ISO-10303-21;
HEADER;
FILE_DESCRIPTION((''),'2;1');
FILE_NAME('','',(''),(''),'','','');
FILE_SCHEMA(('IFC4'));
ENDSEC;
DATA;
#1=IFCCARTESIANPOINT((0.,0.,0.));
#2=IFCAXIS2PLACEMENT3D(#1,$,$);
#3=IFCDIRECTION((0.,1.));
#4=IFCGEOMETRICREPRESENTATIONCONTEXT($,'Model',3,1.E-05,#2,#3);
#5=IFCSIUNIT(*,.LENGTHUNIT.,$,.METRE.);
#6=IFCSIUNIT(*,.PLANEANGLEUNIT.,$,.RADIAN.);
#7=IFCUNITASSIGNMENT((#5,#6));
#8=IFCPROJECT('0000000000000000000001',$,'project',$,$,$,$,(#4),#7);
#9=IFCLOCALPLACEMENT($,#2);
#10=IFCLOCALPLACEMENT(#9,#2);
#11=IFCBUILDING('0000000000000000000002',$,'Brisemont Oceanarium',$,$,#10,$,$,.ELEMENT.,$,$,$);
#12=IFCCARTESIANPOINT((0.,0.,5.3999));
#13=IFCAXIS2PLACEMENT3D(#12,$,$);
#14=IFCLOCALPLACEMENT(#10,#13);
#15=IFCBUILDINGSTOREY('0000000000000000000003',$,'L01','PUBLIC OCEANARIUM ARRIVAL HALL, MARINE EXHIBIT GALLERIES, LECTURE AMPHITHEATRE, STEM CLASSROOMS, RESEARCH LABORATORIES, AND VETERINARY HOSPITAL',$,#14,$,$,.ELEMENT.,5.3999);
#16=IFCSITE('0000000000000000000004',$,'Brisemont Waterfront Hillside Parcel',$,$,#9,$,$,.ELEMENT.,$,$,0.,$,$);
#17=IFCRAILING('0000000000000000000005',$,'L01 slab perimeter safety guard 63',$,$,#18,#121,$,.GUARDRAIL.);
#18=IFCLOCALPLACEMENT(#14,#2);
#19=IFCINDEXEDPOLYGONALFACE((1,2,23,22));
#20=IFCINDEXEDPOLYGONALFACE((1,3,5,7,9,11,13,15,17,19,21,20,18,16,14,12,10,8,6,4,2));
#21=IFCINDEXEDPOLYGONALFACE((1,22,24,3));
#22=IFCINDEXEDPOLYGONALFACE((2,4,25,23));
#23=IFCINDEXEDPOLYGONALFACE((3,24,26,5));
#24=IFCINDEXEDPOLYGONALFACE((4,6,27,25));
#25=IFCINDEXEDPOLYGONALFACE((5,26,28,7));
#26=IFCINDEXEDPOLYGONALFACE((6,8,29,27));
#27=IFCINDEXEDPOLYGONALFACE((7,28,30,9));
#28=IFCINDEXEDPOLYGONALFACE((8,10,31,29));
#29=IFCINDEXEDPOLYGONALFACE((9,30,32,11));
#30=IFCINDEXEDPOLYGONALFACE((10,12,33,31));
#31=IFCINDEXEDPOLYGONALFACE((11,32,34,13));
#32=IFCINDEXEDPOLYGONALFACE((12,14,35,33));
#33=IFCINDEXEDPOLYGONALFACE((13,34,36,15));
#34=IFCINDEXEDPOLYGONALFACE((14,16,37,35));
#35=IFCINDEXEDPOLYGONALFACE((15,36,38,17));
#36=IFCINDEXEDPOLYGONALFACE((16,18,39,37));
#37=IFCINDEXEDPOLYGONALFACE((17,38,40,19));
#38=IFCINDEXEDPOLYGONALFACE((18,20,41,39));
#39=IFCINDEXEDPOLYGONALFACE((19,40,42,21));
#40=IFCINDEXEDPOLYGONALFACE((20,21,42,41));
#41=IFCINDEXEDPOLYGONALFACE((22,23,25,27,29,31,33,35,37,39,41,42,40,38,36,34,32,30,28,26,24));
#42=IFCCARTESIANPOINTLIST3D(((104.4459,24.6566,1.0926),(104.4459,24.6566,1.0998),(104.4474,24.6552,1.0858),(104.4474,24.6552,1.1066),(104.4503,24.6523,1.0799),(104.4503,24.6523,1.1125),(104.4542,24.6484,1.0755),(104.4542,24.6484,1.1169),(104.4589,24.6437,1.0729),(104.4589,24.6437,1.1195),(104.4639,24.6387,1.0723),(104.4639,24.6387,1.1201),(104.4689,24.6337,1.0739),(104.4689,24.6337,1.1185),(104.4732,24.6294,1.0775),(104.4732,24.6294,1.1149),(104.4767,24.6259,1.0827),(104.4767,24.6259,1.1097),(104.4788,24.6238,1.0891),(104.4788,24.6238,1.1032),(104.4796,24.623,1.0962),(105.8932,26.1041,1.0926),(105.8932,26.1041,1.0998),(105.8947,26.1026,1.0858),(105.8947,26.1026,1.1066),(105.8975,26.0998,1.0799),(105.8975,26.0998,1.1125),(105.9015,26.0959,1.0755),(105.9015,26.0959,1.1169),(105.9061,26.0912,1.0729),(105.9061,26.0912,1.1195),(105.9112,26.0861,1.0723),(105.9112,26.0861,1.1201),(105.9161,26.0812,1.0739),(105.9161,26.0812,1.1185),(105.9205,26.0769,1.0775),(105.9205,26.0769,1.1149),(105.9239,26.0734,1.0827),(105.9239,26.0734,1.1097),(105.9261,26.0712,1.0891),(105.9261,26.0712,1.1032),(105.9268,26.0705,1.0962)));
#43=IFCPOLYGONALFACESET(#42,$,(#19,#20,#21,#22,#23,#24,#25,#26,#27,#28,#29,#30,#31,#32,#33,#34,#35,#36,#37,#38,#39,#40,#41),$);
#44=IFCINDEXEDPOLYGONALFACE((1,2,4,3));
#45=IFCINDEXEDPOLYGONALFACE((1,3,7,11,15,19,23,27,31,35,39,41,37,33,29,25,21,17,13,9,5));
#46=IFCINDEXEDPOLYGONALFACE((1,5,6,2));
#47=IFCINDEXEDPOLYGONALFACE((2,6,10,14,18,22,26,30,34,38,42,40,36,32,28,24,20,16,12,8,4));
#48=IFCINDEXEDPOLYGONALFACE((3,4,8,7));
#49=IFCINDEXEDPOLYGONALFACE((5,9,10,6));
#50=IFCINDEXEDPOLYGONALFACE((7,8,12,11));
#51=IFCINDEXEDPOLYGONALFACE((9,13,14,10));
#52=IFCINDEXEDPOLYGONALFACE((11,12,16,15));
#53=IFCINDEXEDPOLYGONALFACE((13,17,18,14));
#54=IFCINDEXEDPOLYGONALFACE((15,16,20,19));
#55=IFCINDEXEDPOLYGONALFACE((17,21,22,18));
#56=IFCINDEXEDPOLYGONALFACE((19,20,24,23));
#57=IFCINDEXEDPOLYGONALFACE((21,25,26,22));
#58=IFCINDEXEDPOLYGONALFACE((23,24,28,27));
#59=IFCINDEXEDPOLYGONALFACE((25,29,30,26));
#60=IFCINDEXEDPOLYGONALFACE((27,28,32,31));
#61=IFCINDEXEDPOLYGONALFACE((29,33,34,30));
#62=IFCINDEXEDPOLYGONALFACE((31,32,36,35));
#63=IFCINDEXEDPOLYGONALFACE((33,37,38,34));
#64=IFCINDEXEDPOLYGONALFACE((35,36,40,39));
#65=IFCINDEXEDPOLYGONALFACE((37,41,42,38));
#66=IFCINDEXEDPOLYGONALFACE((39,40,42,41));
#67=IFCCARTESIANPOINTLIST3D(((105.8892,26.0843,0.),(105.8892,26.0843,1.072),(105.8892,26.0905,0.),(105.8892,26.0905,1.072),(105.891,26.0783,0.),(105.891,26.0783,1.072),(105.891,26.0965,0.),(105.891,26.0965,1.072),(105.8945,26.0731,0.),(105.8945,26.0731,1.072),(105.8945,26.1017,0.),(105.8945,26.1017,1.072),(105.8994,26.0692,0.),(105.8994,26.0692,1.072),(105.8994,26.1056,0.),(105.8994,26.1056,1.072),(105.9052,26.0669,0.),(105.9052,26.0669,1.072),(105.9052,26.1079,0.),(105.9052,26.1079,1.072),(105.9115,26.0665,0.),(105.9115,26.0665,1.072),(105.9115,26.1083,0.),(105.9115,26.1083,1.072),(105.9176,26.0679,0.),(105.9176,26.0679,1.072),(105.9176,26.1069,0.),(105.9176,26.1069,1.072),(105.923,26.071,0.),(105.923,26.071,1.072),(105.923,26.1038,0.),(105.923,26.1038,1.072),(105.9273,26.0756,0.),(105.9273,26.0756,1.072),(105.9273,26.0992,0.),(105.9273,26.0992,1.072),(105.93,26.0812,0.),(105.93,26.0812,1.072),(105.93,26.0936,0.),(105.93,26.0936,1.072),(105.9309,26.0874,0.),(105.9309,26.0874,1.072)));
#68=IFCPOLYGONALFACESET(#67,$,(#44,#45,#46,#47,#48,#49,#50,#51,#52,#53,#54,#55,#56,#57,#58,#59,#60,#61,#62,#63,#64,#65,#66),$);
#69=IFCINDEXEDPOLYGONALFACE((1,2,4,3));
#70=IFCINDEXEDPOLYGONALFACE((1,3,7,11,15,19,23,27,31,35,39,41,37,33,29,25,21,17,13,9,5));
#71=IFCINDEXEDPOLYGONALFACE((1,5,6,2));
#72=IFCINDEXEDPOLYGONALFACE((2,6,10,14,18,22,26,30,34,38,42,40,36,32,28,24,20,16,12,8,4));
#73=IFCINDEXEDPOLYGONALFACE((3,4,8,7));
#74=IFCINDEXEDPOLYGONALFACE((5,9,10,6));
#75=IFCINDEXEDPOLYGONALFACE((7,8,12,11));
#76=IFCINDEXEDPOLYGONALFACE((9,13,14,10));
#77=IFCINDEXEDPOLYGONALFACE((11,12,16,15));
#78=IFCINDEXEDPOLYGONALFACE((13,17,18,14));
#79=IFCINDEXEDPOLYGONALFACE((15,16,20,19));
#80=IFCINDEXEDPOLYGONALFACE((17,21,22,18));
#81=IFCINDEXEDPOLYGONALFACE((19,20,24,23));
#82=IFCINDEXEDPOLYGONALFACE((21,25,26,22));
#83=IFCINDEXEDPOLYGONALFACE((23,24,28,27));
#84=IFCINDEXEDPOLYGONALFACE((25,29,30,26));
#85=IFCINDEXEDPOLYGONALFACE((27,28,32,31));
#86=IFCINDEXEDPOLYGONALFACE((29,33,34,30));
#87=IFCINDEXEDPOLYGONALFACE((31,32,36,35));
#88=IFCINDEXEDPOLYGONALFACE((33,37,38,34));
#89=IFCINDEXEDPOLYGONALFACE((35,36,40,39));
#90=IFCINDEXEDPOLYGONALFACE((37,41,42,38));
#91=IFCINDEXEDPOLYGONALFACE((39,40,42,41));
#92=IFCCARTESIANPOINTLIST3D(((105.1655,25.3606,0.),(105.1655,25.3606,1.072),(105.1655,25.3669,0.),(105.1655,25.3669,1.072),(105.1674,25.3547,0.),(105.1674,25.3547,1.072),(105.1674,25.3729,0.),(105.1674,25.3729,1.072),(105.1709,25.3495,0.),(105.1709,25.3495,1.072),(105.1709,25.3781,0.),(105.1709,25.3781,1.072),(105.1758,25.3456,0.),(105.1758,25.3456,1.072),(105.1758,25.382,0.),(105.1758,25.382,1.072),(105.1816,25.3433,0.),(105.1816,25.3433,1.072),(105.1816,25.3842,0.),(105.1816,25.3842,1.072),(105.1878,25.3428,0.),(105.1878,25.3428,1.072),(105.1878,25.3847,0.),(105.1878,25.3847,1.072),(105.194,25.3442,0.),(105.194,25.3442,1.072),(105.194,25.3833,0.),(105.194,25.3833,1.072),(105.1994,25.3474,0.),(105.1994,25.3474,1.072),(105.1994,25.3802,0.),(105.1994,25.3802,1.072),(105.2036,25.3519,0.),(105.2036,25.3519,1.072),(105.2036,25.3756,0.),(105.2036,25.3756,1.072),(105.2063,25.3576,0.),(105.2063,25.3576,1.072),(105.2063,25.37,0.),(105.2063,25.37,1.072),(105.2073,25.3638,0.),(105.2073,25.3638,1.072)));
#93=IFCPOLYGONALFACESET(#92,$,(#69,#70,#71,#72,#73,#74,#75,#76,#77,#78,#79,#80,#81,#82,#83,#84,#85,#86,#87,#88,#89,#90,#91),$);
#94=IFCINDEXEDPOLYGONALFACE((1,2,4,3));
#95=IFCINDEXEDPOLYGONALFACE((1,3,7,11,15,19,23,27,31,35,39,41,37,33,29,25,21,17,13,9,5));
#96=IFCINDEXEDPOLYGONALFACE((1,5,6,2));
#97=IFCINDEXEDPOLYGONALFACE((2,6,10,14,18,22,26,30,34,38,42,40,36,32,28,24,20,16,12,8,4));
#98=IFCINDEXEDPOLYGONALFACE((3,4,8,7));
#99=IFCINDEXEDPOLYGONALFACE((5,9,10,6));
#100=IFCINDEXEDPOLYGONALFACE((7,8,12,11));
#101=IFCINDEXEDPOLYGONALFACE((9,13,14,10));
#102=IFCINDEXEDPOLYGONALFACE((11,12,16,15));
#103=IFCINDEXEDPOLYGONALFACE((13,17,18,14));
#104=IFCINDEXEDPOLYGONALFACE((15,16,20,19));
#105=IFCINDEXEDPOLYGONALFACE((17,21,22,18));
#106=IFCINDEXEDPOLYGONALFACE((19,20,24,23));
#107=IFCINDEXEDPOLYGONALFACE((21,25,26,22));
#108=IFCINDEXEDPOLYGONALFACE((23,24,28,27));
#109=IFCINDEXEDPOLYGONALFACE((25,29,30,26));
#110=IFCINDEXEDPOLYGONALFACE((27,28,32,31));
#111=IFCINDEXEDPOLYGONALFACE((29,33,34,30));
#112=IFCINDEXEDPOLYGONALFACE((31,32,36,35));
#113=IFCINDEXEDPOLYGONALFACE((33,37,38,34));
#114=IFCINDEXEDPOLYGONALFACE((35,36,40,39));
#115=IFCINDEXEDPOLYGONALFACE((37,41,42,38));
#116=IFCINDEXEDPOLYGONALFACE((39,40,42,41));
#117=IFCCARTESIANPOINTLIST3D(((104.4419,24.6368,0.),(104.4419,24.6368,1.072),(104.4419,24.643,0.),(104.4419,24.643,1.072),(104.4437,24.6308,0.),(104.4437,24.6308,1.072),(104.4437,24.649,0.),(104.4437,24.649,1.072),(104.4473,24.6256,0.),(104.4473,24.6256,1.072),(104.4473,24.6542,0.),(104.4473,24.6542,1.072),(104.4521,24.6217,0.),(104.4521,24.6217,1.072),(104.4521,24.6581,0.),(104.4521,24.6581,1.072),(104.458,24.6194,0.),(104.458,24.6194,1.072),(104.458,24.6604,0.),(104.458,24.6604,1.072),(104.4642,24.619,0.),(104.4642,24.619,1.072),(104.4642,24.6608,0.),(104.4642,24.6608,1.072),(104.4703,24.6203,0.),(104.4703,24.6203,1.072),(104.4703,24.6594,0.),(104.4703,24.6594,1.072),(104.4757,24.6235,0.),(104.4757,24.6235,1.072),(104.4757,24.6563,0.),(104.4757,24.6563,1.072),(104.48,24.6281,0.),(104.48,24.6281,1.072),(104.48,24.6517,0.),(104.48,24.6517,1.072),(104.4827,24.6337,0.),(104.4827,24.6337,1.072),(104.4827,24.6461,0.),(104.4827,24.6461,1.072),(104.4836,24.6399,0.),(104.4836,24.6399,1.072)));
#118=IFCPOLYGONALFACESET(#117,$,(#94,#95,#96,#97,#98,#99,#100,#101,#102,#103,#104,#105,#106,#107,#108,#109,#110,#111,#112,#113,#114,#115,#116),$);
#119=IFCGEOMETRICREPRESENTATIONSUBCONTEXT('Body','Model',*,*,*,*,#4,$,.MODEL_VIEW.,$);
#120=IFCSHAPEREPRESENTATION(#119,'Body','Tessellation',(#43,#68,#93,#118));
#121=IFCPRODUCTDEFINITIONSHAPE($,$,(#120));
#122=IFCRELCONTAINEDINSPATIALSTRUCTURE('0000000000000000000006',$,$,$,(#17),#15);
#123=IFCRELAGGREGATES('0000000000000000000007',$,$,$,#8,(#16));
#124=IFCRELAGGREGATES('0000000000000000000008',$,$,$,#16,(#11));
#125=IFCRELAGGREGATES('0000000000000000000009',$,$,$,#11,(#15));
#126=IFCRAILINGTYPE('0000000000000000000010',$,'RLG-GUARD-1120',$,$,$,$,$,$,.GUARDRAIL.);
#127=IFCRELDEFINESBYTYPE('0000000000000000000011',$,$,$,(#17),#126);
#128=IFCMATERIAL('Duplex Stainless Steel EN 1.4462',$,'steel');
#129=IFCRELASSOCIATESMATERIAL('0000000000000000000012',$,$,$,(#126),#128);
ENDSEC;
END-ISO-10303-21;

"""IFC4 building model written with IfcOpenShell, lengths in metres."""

from ifc_helpers import new_model, si_unit, direction, frame, origin, origin_2d, place, context, subcontext, project, spatial, circle, extrude, material, type_object, element, save


model = new_model("IFC4")

# Units and contexts
model_context = context("Model", 3, precision=1e-05, world=origin(), true_north=direction((0.0, 1.0)))
body_context = subcontext(model_context, "Body", "Model", "MODEL_VIEW")
ifc_project = project(units=[si_unit("LENGTHUNIT", "METRE"), si_unit("PLANEANGLEUNIT", "RADIAN")], contexts=[model_context])

# Site, building, storey
site_placement = place(None, origin())
site = spatial("IfcSite", under=ifc_project, at=site_placement, Name="Brisemont Waterfront Hillside Parcel", CompositionType="ELEMENT", RefElevation=0.0)
building_placement = place(site_placement, origin())
building = spatial("IfcBuilding", under=site, at=building_placement, Name="Brisemont Oceanarium", CompositionType="ELEMENT")
storey_placement = place(building_placement, frame((0.0, 0.0, 5.3999)))
storey = spatial("IfcBuildingStorey", under=building, at=storey_placement, Name="L01", Description="PUBLIC OCEANARIUM ARRIVAL HALL, MARINE EXHIBIT GALLERIES, LECTURE AMPHITHEATRE, STEM CLASSROOMS, RESEARCH LABORATORIES, AND VETERINARY HOSPITAL", CompositionType="ELEMENT", Elevation=5.3999)

# Railing
ifc_material_1 = material(Name="Duplex Stainless Steel EN 1.4462", Category="steel")
railing_type_1 = type_object("IfcRailingType", Name="RLG-GUARD-1120", PredefinedType="GUARDRAIL", material=ifc_material_1)
railing_1_placement = place(storey_placement, frame((105.9099, 26.0874, 0.0)))
element("IfcRailing", 1, at=railing_1_placement, inside=storey, type_object=railing_type_1, Name="L01 slab perimeter safety guard 63", PredefinedType="GUARDRAIL", context=body_context, shape_type="SweptSolid", body=[
    extrude(circle(Radius=0.0239, at=origin_2d()), frame((0.0, 0.0, 1.0962), z_axis=(-0.707047, -0.707166, 0.0), x_axis=(0.707166, -0.707047, 0.0)), (0.0, 0.0, 1.0), 2.0469),
    extrude(circle(Radius=0.021, at=origin_2d()), origin(), (0.0, 0.0, 1.0), 1.072),
    extrude(circle(Radius=0.021, at=origin_2d()), frame((-0.7236, -0.7236, 0.0)), (0.0, 0.0, 1.0), 1.072),
    extrude(circle(Radius=0.021, at=origin_2d()), frame((-1.4473, -1.4475, 0.0)), (0.0, 0.0, 1.0), 1.072),
])

save(model, "model.ifc")
